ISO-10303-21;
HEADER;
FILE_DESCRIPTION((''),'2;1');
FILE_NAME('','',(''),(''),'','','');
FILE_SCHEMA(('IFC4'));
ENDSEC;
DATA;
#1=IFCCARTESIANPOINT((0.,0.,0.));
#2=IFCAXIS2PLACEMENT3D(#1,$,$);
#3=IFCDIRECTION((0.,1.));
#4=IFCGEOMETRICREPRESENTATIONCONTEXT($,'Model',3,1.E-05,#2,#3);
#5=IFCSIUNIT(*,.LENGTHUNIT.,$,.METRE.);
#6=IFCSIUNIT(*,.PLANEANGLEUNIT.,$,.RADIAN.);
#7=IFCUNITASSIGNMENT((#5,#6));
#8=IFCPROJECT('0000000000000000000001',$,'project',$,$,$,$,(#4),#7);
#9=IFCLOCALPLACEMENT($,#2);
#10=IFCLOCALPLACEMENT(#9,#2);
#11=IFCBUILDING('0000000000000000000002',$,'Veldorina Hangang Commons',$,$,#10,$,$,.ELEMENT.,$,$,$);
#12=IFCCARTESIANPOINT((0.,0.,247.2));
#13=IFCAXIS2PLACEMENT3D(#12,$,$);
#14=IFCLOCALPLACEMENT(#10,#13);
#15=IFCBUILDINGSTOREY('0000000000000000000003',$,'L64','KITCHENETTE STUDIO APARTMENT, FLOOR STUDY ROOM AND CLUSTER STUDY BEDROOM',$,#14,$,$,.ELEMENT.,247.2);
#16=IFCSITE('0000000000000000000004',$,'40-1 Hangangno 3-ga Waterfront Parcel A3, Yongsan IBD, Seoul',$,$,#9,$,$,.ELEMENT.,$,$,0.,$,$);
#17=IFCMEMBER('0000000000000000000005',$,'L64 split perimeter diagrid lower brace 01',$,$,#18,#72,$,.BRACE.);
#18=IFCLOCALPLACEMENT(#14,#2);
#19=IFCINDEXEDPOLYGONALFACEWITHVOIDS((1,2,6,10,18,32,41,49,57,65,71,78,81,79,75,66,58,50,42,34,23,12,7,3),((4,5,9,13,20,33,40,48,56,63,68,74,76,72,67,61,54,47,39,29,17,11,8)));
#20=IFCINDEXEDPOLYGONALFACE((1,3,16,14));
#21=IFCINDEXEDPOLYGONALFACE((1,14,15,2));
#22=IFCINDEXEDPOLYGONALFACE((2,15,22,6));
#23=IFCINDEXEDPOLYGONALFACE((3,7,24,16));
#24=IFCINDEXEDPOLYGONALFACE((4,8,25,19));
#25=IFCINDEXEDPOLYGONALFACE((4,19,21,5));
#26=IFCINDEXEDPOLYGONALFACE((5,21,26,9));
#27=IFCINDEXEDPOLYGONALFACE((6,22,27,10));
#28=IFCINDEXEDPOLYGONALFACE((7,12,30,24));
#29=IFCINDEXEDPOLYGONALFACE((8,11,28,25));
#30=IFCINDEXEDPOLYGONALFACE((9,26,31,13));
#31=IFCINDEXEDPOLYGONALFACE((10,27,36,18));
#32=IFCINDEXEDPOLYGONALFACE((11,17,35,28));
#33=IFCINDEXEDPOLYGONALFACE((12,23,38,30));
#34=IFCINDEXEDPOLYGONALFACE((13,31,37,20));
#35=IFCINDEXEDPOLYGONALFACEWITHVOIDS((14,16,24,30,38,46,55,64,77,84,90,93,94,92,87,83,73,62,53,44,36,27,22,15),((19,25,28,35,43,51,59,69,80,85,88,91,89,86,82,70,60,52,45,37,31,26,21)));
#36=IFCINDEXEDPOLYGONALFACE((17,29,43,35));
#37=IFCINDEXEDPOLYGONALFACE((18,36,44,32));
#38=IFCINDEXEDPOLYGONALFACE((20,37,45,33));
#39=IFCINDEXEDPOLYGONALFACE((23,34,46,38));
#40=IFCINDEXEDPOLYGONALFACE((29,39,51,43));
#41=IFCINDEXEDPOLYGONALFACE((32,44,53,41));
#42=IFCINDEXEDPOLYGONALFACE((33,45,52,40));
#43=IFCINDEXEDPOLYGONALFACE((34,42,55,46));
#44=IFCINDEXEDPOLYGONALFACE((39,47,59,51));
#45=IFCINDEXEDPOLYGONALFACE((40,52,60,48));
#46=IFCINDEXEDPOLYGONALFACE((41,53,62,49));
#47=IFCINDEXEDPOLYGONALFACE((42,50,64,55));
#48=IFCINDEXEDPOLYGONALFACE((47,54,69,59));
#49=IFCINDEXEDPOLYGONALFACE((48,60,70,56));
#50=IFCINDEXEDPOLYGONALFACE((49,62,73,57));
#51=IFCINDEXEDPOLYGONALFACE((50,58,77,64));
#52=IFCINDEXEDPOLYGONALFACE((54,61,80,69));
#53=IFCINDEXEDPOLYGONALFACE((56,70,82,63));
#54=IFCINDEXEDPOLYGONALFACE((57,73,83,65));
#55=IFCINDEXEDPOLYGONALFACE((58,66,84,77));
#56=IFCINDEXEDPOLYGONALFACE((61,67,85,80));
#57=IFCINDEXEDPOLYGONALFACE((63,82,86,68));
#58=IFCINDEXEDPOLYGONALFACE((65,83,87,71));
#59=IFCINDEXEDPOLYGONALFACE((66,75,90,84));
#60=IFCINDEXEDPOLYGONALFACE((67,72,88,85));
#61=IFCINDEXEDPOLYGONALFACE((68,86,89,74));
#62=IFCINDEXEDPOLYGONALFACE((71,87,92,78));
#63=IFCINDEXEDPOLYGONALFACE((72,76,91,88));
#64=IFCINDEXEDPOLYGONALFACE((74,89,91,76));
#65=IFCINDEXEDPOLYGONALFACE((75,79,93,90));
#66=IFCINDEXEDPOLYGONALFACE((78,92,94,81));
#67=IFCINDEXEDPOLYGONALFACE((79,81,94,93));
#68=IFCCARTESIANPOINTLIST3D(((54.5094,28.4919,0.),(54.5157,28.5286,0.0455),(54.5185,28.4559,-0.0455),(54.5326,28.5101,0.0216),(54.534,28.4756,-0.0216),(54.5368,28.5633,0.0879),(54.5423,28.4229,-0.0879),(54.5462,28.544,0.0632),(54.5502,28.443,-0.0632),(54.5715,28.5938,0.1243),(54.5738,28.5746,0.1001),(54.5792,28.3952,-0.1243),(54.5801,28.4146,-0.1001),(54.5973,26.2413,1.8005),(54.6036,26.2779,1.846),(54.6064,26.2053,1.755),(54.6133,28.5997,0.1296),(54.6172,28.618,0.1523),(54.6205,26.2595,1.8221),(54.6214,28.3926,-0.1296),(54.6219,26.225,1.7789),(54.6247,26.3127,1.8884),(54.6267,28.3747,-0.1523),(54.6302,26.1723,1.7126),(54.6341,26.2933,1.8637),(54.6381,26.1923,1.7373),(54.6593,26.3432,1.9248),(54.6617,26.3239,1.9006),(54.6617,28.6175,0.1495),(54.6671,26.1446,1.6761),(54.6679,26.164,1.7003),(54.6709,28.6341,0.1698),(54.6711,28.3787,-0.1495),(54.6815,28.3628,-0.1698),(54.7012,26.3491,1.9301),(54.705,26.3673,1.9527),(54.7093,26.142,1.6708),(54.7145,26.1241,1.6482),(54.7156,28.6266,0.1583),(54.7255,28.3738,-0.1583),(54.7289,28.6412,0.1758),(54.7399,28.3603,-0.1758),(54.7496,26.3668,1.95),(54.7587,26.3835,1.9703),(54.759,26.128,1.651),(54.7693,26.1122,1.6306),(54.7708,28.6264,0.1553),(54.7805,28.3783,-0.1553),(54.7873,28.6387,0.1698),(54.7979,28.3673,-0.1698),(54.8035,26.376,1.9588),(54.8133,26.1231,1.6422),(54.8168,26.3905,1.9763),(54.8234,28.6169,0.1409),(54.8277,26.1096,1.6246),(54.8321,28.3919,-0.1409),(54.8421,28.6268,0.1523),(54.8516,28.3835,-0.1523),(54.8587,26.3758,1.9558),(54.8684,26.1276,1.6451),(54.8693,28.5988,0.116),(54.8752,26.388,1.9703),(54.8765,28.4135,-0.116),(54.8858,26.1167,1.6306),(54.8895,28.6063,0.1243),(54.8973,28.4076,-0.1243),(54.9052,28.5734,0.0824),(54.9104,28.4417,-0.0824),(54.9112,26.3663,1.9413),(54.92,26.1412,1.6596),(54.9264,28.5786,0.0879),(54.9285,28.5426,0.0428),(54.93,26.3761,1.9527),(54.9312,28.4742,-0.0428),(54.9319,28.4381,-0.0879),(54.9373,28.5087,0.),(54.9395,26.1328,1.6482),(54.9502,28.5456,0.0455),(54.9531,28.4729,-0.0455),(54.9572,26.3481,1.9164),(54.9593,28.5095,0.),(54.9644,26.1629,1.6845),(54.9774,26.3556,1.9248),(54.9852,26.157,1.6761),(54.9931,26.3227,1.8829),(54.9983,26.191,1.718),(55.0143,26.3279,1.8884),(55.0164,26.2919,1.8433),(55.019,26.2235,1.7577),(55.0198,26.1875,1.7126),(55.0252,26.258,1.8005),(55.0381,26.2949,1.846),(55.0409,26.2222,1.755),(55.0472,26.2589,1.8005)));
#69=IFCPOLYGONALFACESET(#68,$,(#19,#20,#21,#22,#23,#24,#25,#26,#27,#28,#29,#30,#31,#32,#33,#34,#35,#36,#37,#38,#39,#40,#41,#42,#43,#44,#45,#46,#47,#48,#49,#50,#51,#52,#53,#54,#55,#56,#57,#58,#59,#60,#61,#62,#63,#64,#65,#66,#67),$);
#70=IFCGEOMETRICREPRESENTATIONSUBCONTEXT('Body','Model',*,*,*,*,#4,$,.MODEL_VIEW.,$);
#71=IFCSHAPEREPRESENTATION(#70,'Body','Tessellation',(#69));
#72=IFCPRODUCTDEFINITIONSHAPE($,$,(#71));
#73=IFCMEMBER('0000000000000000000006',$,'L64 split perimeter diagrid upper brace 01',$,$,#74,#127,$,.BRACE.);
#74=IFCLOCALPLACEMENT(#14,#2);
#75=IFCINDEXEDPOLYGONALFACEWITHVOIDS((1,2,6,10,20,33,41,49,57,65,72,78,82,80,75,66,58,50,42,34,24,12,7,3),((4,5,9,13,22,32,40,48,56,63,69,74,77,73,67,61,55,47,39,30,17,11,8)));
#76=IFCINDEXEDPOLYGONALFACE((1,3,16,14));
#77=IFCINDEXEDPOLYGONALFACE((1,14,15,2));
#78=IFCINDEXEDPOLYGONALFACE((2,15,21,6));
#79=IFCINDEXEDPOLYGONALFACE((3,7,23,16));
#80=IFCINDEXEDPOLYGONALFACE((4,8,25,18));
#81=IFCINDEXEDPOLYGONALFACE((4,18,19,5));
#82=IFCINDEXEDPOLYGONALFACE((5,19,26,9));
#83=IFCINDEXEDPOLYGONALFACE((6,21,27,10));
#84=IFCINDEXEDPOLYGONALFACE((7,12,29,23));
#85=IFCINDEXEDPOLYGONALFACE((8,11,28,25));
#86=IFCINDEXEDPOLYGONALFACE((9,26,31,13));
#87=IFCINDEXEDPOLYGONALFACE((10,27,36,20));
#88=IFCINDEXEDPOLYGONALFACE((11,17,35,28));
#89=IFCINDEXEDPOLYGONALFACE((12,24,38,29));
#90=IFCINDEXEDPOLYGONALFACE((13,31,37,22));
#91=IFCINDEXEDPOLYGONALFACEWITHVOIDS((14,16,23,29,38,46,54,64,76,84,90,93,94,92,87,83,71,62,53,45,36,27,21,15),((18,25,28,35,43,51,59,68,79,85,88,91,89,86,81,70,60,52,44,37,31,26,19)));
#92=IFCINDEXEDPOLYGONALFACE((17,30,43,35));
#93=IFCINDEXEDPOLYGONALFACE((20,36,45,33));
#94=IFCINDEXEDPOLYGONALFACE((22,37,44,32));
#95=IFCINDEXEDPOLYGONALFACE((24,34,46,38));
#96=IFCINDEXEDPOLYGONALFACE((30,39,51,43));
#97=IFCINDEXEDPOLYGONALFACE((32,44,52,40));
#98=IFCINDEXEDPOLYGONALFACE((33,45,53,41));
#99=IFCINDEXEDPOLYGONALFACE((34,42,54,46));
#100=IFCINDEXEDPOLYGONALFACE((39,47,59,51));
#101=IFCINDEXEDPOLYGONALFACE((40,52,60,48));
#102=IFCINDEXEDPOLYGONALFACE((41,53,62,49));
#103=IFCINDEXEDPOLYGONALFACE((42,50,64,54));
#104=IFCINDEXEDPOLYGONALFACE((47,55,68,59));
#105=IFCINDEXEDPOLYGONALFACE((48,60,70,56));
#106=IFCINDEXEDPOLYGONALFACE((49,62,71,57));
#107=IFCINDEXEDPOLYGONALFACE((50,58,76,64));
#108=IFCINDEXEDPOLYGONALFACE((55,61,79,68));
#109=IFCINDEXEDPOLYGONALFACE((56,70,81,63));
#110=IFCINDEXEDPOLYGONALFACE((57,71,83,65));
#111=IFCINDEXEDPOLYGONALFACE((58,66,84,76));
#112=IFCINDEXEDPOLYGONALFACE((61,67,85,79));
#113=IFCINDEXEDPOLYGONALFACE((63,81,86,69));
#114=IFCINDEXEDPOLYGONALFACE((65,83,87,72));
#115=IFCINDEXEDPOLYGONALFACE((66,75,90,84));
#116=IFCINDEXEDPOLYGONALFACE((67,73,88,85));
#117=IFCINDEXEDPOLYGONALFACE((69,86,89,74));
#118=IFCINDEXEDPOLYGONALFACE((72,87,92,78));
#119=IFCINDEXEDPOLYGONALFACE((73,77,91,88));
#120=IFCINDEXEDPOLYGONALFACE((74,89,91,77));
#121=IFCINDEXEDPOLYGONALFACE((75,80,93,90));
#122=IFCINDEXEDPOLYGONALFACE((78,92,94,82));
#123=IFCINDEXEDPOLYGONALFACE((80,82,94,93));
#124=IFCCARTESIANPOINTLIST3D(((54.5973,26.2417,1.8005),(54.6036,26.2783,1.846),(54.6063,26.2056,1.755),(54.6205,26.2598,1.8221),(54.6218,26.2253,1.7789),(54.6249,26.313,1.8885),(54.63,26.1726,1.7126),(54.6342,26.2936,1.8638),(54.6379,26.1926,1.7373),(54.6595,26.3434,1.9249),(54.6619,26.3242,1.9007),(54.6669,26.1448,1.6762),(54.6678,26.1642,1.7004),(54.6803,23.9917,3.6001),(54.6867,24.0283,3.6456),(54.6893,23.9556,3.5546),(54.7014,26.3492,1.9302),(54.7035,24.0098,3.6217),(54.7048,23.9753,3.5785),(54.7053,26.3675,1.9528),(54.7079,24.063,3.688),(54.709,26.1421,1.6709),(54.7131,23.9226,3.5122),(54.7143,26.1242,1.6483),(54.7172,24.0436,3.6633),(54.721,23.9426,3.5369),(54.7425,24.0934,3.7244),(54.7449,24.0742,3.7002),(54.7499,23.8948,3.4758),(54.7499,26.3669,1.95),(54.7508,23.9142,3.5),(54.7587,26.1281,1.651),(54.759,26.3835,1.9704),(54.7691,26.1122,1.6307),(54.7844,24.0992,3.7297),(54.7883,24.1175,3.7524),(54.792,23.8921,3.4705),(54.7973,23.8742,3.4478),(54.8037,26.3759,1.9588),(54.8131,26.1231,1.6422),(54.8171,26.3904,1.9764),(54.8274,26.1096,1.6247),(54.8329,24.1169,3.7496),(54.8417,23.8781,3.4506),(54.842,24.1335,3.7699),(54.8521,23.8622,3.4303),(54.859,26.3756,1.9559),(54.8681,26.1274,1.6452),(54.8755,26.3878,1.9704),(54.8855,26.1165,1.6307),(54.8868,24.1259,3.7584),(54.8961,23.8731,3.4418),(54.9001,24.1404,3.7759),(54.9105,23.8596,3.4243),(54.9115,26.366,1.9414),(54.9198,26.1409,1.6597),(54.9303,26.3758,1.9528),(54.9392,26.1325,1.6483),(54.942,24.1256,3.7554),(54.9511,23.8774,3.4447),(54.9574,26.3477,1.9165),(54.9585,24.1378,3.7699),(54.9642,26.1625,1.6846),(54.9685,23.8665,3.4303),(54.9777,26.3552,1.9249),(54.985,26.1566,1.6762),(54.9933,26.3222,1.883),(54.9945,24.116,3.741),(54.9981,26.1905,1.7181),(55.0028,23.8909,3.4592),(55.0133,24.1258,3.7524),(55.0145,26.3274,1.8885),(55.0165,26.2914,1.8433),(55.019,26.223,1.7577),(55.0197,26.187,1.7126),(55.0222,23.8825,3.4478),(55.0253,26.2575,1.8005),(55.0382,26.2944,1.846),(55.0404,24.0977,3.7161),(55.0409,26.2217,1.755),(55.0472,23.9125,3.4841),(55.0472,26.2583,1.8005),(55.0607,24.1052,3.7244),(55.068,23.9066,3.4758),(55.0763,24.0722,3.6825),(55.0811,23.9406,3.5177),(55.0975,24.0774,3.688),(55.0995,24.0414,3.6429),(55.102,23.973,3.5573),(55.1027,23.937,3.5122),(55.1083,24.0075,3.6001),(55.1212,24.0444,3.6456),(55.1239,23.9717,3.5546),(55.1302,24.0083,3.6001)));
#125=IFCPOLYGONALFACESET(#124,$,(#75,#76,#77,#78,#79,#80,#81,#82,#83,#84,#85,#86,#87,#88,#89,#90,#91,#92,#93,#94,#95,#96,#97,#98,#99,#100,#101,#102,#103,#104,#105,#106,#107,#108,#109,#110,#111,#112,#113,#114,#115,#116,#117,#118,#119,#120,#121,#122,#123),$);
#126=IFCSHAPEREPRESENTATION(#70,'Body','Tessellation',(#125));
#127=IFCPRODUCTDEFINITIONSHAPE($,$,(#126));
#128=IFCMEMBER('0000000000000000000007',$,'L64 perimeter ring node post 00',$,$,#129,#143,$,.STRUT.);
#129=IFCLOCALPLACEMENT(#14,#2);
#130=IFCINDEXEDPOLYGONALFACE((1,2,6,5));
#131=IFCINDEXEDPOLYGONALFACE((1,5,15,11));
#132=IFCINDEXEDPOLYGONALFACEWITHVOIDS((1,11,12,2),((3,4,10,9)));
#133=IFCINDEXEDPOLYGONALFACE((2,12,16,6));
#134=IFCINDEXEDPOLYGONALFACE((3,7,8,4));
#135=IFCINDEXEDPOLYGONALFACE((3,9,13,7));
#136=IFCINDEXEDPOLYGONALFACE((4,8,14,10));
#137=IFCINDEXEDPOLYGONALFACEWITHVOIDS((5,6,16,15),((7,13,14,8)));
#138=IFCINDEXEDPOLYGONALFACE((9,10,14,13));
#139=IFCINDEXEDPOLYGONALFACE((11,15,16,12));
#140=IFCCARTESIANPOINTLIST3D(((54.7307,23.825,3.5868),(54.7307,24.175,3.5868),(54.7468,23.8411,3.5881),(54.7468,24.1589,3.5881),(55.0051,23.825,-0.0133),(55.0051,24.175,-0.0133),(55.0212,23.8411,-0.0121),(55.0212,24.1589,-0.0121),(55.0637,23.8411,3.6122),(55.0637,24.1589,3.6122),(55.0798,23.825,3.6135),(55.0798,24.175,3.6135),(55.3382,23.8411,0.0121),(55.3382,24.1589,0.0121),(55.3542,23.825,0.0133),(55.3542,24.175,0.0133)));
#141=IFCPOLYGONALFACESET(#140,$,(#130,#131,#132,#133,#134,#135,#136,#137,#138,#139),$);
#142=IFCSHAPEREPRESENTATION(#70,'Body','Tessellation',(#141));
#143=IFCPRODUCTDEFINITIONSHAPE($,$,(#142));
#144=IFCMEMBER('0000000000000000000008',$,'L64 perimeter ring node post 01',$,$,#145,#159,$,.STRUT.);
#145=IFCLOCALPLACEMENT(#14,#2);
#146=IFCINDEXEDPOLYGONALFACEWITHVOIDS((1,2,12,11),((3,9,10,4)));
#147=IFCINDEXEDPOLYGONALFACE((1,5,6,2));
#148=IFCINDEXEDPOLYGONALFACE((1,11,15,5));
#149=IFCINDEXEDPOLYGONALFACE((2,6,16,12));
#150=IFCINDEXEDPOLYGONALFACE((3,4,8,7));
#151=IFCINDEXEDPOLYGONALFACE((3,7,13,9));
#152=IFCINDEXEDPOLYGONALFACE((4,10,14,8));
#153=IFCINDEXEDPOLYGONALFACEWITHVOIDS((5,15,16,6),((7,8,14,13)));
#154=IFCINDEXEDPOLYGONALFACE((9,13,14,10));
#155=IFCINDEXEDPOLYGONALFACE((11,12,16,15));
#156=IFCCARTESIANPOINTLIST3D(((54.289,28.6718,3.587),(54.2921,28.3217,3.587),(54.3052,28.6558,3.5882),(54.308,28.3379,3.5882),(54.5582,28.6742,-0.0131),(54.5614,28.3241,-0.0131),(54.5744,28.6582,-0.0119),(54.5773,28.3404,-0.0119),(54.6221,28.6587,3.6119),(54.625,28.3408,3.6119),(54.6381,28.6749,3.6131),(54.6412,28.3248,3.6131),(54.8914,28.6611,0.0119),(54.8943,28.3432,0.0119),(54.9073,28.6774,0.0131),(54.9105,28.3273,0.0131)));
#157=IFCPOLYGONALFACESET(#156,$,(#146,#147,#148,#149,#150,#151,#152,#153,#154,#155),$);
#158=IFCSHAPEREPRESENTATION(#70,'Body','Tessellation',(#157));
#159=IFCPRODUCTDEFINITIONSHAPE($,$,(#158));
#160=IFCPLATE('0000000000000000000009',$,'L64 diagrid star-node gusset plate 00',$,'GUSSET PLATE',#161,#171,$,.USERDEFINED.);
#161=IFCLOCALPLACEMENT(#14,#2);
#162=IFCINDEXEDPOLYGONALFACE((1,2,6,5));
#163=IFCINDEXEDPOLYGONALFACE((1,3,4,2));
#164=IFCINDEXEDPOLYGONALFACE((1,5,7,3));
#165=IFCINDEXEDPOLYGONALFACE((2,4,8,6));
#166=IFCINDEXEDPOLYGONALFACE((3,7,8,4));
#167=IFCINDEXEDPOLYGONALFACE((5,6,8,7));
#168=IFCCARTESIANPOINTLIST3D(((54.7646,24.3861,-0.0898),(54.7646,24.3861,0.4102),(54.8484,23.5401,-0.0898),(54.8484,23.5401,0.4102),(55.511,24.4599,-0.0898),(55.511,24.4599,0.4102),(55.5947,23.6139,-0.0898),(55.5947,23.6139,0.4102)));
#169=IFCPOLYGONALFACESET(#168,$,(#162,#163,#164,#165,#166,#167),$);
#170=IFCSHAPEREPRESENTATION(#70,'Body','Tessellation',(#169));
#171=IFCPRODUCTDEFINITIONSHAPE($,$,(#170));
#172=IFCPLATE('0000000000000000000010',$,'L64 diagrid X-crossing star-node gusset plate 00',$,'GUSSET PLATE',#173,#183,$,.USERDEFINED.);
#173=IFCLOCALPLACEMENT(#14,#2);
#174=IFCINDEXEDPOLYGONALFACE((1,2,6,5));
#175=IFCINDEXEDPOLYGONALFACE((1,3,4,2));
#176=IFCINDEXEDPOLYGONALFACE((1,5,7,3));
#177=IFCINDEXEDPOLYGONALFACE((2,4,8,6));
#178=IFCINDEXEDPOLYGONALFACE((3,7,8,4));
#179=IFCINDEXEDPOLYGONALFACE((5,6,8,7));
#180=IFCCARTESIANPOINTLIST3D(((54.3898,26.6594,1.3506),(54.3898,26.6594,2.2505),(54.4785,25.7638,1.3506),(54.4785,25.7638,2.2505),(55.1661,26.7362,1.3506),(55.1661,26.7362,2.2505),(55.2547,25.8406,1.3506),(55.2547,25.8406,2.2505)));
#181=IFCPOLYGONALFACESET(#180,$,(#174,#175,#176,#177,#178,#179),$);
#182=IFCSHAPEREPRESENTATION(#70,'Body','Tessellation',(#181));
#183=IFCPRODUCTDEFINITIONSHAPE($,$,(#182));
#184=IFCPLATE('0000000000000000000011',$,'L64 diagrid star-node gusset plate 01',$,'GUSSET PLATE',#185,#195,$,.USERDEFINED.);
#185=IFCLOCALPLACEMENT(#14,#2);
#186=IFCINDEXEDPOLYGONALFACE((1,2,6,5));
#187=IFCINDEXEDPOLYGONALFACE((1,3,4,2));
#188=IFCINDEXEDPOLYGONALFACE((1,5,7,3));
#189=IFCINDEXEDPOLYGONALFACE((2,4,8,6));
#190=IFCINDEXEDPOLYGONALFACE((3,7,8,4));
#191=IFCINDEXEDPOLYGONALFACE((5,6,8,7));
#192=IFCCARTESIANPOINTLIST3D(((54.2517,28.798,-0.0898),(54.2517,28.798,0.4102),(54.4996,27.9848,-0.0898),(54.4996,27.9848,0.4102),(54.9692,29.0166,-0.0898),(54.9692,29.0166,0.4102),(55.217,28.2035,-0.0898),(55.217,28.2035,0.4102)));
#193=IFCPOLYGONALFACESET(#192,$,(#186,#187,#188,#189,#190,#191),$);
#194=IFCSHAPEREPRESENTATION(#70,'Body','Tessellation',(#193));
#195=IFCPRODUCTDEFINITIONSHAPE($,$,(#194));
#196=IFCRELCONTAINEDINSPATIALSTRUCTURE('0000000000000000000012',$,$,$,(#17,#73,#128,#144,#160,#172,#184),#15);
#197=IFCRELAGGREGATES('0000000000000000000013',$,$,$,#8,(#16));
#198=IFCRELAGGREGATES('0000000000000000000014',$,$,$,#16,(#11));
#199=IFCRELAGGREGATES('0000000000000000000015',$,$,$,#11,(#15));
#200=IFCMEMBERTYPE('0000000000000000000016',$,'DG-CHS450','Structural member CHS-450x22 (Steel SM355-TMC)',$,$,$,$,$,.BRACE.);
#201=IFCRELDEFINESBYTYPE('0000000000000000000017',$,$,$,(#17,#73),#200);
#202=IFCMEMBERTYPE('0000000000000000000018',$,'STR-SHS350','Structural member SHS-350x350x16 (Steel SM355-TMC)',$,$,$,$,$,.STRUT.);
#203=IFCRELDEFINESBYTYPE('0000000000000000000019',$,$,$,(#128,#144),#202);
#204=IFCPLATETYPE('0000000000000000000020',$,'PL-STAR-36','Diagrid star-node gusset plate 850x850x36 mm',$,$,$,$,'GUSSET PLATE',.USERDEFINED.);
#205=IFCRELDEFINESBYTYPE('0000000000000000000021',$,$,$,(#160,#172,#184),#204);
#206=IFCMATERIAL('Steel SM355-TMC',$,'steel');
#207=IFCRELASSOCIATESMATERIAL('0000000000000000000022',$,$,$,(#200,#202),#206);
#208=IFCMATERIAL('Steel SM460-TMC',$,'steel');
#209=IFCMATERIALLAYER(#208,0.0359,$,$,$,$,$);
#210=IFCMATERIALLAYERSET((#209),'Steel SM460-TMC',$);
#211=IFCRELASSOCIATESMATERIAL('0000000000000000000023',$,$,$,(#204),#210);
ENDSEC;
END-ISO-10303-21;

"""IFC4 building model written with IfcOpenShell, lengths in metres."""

from ifc_helpers import new_model, si_unit, direction, frame, origin, origin_2d, place, context, subcontext, project, spatial, rectangle, hollow_rectangle, hollow_circle, extrude, material, layer, layer_set, material_profile, profile_set, type_object, element, save


model = new_model("IFC4")

# Units and contexts
model_context = context("Model", 3, precision=1e-05, world=origin(), true_north=direction((0.0, 1.0)))
body_context = subcontext(model_context, "Body", "Model", "MODEL_VIEW")
ifc_project = project(units=[si_unit("LENGTHUNIT", "METRE"), si_unit("PLANEANGLEUNIT", "RADIAN")], contexts=[model_context])

# Site, building, storey
site_placement = place(None, origin())
site = spatial("IfcSite", under=ifc_project, at=site_placement, Name="40-1 Hangangno 3-ga Waterfront Parcel A3, Yongsan IBD, Seoul", CompositionType="ELEMENT", RefElevation=0.0)
building_placement = place(site_placement, origin())
building = spatial("IfcBuilding", under=site, at=building_placement, Name="Veldorina Hangang Commons", CompositionType="ELEMENT")
storey_placement = place(building_placement, frame((0.0, 0.0, 247.2)))
storey = spatial("IfcBuildingStorey", under=building, at=storey_placement, Name="L64", Description="KITCHENETTE STUDIO APARTMENT, FLOOR STUDY ROOM AND CLUSTER STUDY BEDROOM", CompositionType="ELEMENT", Elevation=247.2)

# Shared definitions
ifc_material_1 = material(Name="Steel SM355-TMC", Category="steel")

# Members
ifc_material_profile_1 = material_profile(ifc_material_1, hollow_circle(Radius=0.2251, WallThickness=0.022, at=origin_2d()), Name="CHS-450x22")
ifc_profile_set_1 = profile_set([ifc_material_profile_1], Name="Steel SM355-TMC")
member_type_1 = type_object("IfcMemberType", Name="DG-CHS450", Description="Structural member CHS-450x22 (Steel SM355-TMC)", PredefinedType="BRACE", material=ifc_profile_set_1)
member_1_placement = place(storey_placement, frame((54.7344, 28.5007, 0.0), z_axis=(0.030479, -0.780514, 0.624394), x_axis=(0.999238, 0.03902, 0.0)))
element("IfcMember", 1, at=member_1_placement, inside=storey, type_object=member_type_1, Name="L64 split perimeter diagrid lower brace 01", PredefinedType="BRACE", context=body_context, shape_type="SweptSolid", body=[
    extrude(hollow_circle(Radius=0.2251, WallThickness=0.022, at=origin_2d()), origin(), (0.0, 0.0, 1.0), 2.8835),
])
member_2_placement = place(storey_placement, frame((54.8223, 26.25, 1.8005), z_axis=(0.028799, -0.780619, 0.624343), x_axis=(0.99932, 0.036867, 0.0)))
element("IfcMember", 2, at=member_2_placement, inside=storey, type_object=member_type_1, Name="L64 split perimeter diagrid upper brace 01", PredefinedType="BRACE", context=body_context, shape_type="SweptSolid", body=[
    extrude(hollow_circle(Radius=0.2251, WallThickness=0.022, at=origin_2d()), origin(), (0.0, 0.0, 1.0), 2.8823),
])
ifc_material_profile_2 = material_profile(ifc_material_1, hollow_rectangle(XDim=0.3501, YDim=0.3501, WallThickness=0.0161, at=origin_2d()), Name="SHS-350x350x16")
ifc_profile_set_2 = profile_set([ifc_material_profile_2], Name="Steel SM355-TMC")
member_type_2 = type_object("IfcMemberType", Name="STR-SHS350", Description="Structural member SHS-350x350x16 (Steel SM355-TMC)", PredefinedType="STRUT", material=ifc_profile_set_2)
member_3_placement = place(storey_placement, frame((55.1797, 24.0, 0.0), z_axis=(-0.076004, 0.0, 0.997108), x_axis=(0.0, -1.0, 0.0)))
element("IfcMember", 3, at=member_3_placement, inside=storey, type_object=member_type_2, Name="L64 perimeter ring node post 00", PredefinedType="STRUT", context=body_context, shape_type="SweptSolid", body=[
    extrude(hollow_rectangle(XDim=0.3501, YDim=0.3501, WallThickness=0.0161, at=origin_2d()), origin(), (0.0, 0.0, 1.0), 3.6106),
])
member_4_placement = place(storey_placement, frame((54.7344, 28.5007, 0.0), z_axis=(-0.074592, -0.000676, 0.997214), x_axis=(0.009066, -0.999959, 0.0)))
element("IfcMember", 4, at=member_4_placement, inside=storey, type_object=member_type_2, Name="L64 perimeter ring node post 01", PredefinedType="STRUT", context=body_context, shape_type="SweptSolid", body=[
    extrude(hollow_rectangle(XDim=0.3501, YDim=0.3501, WallThickness=0.0161, at=origin_2d()), origin(), (0.0, 0.0, 1.0), 3.6101),
])

# Plates
ifc_material_2 = material(Name="Steel SM460-TMC", Category="steel")
ifc_layer_1 = layer(ifc_material_2, 0.0359)
ifc_layer_set_1 = layer_set([ifc_layer_1], Name="Steel SM460-TMC")
plate_type_1 = type_object("IfcPlateType", Name="PL-STAR-36", Description="Diagrid star-node gusset plate 850x850x36 mm", ElementType="GUSSET PLATE", PredefinedType="USERDEFINED", material=ifc_layer_set_1)
plate_1_placement = place(storey_placement, frame((55.1797, 24.0, -0.0898), z_axis=(0.0, 0.0, 1.0), x_axis=(-0.098486, 0.995138, 0.0)))
element("IfcPlate", 5, at=plate_1_placement, inside=storey, type_object=plate_type_1, Name="L64 diagrid star-node gusset plate 00", ObjectType="GUSSET PLATE", PredefinedType="USERDEFINED", context=body_context, shape_type="SweptSolid", body=[
    extrude(rectangle(XDim=0.8501, YDim=0.75, at=origin_2d()), origin(), (0.0, 0.0, 1.0), 0.5),
])
plate_2_placement = place(storey_placement, frame((54.8223, 26.25, 1.3506), z_axis=(0.0, 0.0, 1.0), x_axis=(-0.098486, 0.995138, 0.0)))
element("IfcPlate", 6, at=plate_2_placement, inside=storey, type_object=plate_type_1, Name="L64 diagrid X-crossing star-node gusset plate 00", ObjectType="GUSSET PLATE", PredefinedType="USERDEFINED", context=body_context, shape_type="SweptSolid", body=[
    extrude(rectangle(XDim=0.8999, YDim=0.78, at=origin_2d()), origin(), (0.0, 0.0, 1.0), 0.8999),
])
plate_3_placement = place(storey_placement, frame((54.7344, 28.5007, -0.0898), z_axis=(0.0, 0.0, 1.0), x_axis=(-0.291554, 0.956554, 0.0)))
element("IfcPlate", 7, at=plate_3_placement, inside=storey, type_object=plate_type_1, Name="L64 diagrid star-node gusset plate 01", ObjectType="GUSSET PLATE", PredefinedType="USERDEFINED", context=body_context, shape_type="SweptSolid", body=[
    extrude(rectangle(XDim=0.8501, YDim=0.75, at=origin_2d()), origin(), (0.0, 0.0, 1.0), 0.5),
])

save(model, "model.ifc")
